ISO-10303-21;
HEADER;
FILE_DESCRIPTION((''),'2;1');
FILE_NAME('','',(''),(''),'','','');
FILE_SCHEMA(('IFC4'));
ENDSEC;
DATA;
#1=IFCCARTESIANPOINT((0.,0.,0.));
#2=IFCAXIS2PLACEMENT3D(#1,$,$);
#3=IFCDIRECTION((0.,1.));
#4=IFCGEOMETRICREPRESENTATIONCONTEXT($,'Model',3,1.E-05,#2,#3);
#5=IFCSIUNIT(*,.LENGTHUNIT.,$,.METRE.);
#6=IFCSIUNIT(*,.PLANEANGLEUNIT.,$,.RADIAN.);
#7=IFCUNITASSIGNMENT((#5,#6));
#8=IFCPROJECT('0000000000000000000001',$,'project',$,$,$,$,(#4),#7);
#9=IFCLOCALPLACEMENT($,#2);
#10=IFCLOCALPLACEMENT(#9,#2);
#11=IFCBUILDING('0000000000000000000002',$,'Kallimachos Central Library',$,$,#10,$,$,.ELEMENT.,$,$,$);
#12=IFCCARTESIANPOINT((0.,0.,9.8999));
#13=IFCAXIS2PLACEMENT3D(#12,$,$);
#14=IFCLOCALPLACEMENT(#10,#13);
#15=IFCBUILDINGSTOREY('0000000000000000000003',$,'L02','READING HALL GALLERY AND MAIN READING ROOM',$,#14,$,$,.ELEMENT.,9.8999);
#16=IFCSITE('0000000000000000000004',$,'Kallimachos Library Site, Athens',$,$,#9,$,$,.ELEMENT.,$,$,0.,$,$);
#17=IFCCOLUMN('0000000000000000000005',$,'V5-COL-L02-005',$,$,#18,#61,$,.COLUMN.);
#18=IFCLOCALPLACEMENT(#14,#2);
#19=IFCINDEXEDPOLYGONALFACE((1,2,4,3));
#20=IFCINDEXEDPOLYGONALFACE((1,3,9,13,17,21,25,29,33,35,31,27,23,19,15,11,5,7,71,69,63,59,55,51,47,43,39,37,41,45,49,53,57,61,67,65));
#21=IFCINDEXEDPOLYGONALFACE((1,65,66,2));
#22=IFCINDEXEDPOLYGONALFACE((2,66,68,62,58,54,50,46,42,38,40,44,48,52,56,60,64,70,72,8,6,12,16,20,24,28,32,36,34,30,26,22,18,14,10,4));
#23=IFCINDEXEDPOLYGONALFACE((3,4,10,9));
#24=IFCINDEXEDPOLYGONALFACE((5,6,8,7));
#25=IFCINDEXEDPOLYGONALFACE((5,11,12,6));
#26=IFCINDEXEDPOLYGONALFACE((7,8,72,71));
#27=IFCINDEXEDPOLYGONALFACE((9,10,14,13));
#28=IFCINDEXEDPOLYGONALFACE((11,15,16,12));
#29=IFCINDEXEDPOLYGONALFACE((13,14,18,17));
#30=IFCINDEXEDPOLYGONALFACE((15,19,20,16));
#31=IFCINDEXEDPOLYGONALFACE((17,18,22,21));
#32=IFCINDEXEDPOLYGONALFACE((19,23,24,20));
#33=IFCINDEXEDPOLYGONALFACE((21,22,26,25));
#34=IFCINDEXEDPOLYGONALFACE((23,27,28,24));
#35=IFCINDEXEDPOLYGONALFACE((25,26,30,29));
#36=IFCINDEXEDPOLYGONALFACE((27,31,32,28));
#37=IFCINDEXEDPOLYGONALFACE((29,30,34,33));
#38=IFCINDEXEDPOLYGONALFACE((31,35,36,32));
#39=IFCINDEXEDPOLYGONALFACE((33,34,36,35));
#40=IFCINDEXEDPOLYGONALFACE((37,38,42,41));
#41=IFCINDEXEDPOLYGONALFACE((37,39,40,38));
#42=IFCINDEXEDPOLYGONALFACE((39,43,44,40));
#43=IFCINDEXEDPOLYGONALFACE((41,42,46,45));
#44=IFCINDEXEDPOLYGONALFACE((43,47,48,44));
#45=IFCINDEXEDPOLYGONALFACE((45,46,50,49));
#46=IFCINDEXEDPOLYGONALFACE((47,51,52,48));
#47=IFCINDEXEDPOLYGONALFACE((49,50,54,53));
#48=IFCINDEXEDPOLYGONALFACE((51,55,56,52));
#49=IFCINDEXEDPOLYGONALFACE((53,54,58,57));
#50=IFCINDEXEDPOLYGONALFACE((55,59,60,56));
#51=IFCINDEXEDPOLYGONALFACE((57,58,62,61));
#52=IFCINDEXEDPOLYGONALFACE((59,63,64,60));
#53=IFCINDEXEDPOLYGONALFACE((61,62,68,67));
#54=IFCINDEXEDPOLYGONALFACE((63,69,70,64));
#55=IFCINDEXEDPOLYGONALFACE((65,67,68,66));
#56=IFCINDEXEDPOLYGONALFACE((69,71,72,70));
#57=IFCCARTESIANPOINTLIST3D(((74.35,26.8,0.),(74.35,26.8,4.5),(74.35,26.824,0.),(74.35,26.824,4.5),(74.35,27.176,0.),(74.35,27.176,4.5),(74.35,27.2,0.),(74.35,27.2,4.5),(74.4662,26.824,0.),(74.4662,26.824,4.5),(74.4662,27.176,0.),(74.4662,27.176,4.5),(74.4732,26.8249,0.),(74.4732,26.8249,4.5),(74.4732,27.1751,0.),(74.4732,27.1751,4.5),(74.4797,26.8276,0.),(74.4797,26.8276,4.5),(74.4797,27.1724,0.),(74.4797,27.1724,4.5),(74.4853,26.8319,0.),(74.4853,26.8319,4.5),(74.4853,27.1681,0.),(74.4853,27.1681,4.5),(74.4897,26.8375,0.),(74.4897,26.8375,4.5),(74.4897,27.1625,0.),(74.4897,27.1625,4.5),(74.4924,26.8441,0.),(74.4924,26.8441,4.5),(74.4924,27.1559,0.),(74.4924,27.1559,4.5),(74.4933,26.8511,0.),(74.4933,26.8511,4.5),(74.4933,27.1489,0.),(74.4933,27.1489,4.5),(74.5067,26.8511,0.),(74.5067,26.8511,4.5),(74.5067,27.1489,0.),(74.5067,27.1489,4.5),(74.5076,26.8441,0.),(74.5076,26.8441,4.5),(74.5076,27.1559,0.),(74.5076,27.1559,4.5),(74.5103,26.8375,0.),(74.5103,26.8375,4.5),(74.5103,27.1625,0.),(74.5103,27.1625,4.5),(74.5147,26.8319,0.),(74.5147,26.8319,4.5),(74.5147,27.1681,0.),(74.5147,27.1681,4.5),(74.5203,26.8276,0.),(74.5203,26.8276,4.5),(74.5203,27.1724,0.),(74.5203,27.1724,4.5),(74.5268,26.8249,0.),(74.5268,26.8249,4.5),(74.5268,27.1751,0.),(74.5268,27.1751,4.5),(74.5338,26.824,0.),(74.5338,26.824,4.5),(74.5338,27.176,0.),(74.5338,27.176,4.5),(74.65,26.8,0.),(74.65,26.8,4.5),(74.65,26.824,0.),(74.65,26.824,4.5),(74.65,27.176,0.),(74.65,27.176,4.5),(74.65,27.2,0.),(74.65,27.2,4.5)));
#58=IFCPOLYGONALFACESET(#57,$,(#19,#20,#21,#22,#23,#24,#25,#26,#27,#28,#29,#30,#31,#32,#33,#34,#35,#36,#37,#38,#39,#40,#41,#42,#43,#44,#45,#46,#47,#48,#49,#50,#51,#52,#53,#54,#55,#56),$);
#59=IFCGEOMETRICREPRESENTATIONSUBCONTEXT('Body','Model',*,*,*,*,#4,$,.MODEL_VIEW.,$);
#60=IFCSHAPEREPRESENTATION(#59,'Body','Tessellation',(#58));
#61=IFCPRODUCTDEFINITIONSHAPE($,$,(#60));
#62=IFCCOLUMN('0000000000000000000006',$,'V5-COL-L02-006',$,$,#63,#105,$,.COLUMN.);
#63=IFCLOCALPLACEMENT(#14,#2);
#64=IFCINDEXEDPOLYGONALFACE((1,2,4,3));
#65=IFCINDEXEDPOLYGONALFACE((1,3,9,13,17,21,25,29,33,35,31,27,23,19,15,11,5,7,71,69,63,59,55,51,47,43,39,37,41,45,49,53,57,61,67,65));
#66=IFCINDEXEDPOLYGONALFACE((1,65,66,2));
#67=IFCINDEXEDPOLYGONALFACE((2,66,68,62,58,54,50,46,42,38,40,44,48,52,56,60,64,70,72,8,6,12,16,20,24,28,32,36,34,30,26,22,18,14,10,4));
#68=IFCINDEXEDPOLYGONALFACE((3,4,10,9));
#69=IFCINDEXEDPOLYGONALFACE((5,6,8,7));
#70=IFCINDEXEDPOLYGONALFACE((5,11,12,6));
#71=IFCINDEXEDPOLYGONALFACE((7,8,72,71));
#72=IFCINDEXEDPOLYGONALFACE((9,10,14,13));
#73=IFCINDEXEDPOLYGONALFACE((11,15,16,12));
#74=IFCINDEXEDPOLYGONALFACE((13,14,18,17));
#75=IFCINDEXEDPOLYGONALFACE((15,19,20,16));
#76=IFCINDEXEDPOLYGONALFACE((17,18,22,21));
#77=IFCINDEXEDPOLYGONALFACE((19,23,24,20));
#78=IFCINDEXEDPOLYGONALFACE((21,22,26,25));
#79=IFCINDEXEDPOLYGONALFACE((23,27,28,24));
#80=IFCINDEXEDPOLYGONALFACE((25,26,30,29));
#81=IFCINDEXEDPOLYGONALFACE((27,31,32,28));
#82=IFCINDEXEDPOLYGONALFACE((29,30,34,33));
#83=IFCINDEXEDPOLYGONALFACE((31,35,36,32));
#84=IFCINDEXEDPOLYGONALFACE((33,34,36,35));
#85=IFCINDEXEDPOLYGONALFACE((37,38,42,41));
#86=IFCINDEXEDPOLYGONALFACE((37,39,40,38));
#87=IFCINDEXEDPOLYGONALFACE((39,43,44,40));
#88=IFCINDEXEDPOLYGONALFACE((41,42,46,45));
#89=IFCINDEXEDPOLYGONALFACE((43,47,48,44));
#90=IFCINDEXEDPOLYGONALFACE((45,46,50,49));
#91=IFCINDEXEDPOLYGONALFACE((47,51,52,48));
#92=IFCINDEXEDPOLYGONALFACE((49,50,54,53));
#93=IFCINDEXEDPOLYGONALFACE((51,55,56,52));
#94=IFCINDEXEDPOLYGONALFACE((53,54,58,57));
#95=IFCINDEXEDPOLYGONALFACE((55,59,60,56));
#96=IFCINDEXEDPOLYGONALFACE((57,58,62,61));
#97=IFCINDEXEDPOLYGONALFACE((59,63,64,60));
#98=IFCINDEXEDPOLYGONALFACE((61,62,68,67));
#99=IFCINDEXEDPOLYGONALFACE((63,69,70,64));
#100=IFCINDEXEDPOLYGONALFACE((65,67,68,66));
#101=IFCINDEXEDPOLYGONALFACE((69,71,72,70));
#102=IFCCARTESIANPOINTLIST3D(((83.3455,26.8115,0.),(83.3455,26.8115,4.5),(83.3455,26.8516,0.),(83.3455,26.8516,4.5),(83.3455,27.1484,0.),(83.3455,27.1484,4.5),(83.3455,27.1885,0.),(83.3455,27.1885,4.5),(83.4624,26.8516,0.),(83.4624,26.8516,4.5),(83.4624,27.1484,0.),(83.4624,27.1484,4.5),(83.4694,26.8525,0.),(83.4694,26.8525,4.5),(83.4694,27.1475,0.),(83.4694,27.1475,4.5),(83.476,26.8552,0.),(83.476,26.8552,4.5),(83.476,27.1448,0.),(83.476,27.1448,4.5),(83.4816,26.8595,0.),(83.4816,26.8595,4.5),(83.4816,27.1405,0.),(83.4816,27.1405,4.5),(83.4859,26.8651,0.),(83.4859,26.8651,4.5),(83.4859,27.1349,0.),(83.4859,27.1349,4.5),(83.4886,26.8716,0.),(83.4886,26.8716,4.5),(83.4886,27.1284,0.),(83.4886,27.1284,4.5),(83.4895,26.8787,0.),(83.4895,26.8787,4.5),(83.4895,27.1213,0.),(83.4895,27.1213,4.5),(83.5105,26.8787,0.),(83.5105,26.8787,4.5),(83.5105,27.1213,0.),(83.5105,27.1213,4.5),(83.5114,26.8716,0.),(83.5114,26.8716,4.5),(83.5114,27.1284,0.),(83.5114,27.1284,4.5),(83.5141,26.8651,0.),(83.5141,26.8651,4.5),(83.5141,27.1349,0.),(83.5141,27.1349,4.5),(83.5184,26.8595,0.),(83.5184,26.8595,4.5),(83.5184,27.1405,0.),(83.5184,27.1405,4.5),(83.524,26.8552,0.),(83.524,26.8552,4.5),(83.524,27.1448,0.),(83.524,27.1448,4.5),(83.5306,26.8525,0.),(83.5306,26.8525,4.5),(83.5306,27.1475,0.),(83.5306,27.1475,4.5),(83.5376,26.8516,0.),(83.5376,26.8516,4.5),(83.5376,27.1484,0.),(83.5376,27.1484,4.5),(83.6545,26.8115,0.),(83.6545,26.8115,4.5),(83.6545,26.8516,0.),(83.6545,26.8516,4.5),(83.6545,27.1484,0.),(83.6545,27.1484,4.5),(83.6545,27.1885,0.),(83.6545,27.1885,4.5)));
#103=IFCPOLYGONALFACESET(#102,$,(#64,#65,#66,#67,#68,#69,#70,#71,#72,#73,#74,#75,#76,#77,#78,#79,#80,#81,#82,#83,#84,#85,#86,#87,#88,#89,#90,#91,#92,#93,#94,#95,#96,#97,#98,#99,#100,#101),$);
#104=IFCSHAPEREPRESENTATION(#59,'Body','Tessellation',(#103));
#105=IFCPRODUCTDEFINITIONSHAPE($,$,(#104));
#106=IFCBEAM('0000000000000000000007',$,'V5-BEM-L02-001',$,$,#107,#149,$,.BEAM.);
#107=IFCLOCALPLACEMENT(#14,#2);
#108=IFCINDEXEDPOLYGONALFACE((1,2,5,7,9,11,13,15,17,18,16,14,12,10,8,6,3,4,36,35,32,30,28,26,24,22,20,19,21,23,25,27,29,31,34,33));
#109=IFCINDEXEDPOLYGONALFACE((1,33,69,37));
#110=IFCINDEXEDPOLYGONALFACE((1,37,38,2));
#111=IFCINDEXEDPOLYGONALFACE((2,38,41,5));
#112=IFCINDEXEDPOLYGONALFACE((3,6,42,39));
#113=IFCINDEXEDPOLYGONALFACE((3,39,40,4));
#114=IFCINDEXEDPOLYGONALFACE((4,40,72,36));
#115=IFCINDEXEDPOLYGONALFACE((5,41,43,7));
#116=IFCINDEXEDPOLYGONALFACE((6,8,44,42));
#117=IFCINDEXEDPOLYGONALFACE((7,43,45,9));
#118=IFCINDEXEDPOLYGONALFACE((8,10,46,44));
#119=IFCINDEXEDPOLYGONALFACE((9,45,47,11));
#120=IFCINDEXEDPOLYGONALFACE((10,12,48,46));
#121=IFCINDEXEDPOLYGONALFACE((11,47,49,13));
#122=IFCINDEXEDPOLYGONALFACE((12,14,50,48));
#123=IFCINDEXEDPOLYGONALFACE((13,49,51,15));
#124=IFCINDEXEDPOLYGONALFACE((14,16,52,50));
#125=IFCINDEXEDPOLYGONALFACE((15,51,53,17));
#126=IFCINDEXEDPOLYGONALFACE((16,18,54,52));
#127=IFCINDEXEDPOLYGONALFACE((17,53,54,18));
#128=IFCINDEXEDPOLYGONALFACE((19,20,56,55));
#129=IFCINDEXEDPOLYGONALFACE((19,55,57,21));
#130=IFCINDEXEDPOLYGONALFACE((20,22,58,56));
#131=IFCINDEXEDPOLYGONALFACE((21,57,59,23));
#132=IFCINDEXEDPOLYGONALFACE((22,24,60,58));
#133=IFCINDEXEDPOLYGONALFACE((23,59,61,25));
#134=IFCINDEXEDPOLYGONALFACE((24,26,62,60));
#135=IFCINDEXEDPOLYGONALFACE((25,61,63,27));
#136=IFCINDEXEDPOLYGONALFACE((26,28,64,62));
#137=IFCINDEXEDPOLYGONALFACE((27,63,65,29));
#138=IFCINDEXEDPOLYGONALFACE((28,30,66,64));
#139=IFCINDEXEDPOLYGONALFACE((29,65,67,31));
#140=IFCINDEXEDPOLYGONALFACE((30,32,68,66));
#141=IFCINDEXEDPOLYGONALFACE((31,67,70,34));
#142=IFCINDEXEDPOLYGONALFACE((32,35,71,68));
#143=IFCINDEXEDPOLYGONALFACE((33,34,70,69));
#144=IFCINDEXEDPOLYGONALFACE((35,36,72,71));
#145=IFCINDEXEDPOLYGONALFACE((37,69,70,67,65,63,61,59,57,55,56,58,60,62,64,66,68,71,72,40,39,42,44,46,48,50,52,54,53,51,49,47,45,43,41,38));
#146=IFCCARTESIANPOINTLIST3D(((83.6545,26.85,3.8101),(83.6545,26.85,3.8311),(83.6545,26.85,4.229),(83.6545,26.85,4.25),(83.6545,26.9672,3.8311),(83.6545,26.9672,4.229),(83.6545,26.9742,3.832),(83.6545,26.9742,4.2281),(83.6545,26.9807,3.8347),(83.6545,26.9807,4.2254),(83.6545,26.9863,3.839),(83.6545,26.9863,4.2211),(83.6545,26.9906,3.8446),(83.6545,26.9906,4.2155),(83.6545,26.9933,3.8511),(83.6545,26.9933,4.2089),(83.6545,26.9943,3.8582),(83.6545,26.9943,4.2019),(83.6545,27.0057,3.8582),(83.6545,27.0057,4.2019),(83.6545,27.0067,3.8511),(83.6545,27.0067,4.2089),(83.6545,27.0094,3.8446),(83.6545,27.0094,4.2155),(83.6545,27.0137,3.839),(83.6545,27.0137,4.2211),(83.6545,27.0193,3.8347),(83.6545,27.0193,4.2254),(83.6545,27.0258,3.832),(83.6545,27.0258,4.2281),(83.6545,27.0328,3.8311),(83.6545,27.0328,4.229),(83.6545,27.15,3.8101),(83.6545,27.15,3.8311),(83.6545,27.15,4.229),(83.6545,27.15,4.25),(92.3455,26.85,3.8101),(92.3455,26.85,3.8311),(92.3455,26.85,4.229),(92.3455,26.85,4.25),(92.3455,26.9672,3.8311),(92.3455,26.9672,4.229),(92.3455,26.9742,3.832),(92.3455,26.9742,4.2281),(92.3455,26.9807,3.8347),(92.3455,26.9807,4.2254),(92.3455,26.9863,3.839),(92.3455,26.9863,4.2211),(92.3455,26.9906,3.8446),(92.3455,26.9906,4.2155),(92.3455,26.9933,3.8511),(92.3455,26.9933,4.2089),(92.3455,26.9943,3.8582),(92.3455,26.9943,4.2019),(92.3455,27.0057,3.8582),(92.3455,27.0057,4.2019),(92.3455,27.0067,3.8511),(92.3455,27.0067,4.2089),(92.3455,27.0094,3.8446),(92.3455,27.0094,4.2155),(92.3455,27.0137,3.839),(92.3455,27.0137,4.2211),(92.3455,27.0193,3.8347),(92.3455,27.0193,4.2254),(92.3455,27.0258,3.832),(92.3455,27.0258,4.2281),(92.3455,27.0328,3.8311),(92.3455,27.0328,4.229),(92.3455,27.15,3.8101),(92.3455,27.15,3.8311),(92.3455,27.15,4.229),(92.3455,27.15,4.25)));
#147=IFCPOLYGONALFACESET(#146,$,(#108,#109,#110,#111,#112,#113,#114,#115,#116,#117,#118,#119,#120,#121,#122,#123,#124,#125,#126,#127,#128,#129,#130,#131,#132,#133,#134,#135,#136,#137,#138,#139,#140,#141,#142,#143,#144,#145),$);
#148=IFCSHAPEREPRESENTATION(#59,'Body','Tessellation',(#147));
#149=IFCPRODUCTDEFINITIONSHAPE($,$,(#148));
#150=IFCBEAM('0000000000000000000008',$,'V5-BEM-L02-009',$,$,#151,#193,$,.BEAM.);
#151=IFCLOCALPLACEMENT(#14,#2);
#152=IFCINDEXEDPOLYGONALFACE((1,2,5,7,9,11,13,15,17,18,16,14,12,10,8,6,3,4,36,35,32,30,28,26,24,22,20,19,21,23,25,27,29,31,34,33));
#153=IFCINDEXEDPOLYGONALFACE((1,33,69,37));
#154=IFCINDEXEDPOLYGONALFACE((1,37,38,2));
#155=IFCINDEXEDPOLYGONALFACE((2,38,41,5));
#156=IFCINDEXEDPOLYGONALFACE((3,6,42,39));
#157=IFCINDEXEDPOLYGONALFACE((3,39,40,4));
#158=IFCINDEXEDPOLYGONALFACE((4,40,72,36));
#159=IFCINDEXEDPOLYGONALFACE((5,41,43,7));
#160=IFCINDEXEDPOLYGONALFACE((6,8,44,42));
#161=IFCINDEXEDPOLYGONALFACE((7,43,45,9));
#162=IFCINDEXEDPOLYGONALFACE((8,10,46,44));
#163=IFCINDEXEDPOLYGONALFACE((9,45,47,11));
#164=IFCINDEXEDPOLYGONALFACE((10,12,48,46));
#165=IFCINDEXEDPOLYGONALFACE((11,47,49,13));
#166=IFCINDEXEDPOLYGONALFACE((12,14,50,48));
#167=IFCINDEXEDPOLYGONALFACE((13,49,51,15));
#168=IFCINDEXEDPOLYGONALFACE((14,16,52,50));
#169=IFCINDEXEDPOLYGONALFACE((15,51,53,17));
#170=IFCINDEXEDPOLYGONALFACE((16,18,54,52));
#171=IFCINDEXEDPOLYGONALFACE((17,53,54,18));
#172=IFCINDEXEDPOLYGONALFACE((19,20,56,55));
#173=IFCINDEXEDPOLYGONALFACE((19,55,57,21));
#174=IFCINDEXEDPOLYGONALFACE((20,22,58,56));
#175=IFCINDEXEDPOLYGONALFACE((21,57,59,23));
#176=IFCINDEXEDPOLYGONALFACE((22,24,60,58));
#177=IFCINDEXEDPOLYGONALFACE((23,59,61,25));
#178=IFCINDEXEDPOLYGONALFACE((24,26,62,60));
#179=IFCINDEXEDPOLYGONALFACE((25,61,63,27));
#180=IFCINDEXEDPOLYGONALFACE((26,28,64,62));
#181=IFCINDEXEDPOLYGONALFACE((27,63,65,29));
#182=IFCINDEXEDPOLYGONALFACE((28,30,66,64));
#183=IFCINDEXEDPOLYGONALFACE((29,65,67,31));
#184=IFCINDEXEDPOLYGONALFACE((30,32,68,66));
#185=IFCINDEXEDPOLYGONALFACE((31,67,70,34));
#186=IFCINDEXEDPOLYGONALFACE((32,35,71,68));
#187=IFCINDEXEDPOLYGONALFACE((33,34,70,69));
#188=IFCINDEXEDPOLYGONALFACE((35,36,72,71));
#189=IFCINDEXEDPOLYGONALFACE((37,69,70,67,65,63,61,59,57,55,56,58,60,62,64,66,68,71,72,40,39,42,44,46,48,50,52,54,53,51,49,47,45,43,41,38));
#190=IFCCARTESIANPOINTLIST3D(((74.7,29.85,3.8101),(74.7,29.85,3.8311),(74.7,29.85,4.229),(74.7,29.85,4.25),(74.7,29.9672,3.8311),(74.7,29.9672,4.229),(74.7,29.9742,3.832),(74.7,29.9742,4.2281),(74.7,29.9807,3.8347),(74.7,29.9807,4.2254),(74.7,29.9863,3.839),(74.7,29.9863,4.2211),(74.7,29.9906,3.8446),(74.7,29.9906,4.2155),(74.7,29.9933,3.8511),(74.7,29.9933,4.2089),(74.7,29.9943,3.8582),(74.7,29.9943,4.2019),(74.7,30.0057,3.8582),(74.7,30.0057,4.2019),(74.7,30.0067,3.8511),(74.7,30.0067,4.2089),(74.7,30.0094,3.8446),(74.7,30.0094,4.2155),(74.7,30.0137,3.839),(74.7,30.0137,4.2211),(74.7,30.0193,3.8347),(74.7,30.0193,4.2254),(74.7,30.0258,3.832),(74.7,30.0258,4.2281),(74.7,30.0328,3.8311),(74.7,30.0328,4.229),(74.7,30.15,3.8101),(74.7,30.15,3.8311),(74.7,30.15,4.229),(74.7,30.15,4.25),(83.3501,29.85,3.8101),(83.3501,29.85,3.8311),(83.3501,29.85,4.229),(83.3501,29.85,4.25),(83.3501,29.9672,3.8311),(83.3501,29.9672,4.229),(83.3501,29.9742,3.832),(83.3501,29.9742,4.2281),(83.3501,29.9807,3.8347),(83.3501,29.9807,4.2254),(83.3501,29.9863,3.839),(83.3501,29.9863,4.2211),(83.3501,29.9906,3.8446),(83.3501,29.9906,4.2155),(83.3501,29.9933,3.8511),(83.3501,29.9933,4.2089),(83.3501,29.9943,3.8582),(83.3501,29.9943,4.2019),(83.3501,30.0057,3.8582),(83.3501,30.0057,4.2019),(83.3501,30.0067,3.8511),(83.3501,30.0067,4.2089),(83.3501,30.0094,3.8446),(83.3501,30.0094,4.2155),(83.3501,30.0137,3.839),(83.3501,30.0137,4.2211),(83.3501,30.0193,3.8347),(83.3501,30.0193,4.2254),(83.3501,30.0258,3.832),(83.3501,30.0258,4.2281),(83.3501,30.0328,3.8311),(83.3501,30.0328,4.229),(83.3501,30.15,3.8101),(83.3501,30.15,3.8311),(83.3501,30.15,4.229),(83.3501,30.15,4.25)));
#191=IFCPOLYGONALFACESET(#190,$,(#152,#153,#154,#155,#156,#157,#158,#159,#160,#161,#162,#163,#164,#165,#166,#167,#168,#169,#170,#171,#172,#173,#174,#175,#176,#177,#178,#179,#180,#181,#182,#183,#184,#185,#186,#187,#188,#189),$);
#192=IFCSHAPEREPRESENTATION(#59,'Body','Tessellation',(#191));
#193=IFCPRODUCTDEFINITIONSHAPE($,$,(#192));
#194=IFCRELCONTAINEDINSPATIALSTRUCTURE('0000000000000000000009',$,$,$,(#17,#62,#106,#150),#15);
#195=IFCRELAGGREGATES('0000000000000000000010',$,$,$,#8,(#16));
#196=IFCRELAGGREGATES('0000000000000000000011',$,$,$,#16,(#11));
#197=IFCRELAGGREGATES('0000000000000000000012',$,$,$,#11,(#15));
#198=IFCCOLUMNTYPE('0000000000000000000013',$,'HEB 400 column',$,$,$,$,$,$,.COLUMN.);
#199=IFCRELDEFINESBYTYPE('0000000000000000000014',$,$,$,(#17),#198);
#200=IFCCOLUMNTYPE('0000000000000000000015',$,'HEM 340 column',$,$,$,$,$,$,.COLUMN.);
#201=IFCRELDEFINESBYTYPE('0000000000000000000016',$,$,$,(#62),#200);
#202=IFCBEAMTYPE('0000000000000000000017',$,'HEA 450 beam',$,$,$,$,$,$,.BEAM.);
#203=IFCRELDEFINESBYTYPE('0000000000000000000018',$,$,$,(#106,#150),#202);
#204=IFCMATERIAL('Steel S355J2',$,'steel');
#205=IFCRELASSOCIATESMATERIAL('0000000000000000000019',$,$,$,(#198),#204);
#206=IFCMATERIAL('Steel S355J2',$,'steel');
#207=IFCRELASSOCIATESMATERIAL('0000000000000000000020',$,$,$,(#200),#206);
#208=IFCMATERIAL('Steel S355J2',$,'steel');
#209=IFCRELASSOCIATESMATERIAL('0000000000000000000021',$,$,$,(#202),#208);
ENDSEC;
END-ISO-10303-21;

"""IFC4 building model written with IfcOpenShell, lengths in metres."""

from ifc_helpers import new_model, si_unit, direction, frame, origin, origin_2d, place, context, subcontext, project, spatial, i_section, extrude, material, material_profile, profile_set, type_object, element, save


model = new_model("IFC4")

# Units and contexts
model_context = context("Model", 3, precision=1e-05, world=origin(), true_north=direction((0.0, 1.0)))
body_context = subcontext(model_context, "Body", "Model", "MODEL_VIEW")
ifc_project = project(units=[si_unit("LENGTHUNIT", "METRE"), si_unit("PLANEANGLEUNIT", "RADIAN")], contexts=[model_context])

# Site, building, storey
site_placement = place(None, origin())
site = spatial("IfcSite", under=ifc_project, at=site_placement, Name="Kallimachos Library Site, Athens", CompositionType="ELEMENT", RefElevation=0.0)
building_placement = place(site_placement, origin())
building = spatial("IfcBuilding", under=site, at=building_placement, Name="Kallimachos Central Library", CompositionType="ELEMENT")
storey_placement = place(building_placement, frame((0.0, 0.0, 9.8999)))
storey = spatial("IfcBuildingStorey", under=building, at=storey_placement, Name="L02", Description="READING HALL GALLERY AND MAIN READING ROOM", CompositionType="ELEMENT", Elevation=9.8999)

# Columns
ifc_material_1 = material(Name="Steel S355J2", Category="steel")
ifc_material_profile_1 = material_profile(ifc_material_1, i_section(OverallWidth=0.3, OverallDepth=0.3999, WebThickness=0.0134, FlangeThickness=0.0239, FilletRadius=0.0271, at=origin_2d()), Name="HEB 400")
ifc_profile_set_1 = profile_set([ifc_material_profile_1], Name="Steel S355J2")
column_type_1 = type_object("IfcColumnType", Name="HEB 400 column", PredefinedType="COLUMN", material=ifc_profile_set_1)
column_1_placement = place(storey_placement, frame((74.5, 27.0, 0.0), z_axis=(0.0, 0.0, 1.0), x_axis=(1.0, 0.0, 0.0)))
element("IfcColumn", 1, at=column_1_placement, inside=storey, type_object=column_type_1, Name="V5-COL-L02-005", PredefinedType="COLUMN", context=body_context, shape_type="SweptSolid", body=[
    extrude(i_section(OverallWidth=0.3, OverallDepth=0.3999, WebThickness=0.0134, FlangeThickness=0.0239, FilletRadius=0.0271, at=origin_2d()), origin(), (0.0, 0.0, 1.0), 4.5),
])
ifc_material_2 = material(Name="Steel S355J2", Category="steel")
ifc_material_profile_2 = material_profile(ifc_material_2, i_section(OverallWidth=0.3091, OverallDepth=0.377, WebThickness=0.021, FlangeThickness=0.04, FilletRadius=0.0271, at=origin_2d()), Name="HEM 340")
ifc_profile_set_2 = profile_set([ifc_material_profile_2], Name="Steel S355J2")
column_type_2 = type_object("IfcColumnType", Name="HEM 340 column", PredefinedType="COLUMN", material=ifc_profile_set_2)
column_2_placement = place(storey_placement, frame((83.5, 27.0, 0.0), z_axis=(0.0, 0.0, 1.0), x_axis=(1.0, 0.0, 0.0)))
element("IfcColumn", 2, at=column_2_placement, inside=storey, type_object=column_type_2, Name="V5-COL-L02-006", PredefinedType="COLUMN", context=body_context, shape_type="SweptSolid", body=[
    extrude(i_section(OverallWidth=0.3091, OverallDepth=0.377, WebThickness=0.021, FlangeThickness=0.04, FilletRadius=0.0271, at=origin_2d()), origin(), (0.0, 0.0, 1.0), 4.5),
])

# Beams
ifc_material_3 = material(Name="Steel S355J2", Category="steel")
ifc_material_profile_3 = material_profile(ifc_material_3, i_section(OverallWidth=0.3, OverallDepth=0.4399, WebThickness=0.0115, FlangeThickness=0.021, FilletRadius=0.0271, at=origin_2d()), Name="HEA 450")
ifc_profile_set_3 = profile_set([ifc_material_profile_3], Name="Steel S355J2")
beam_type_1 = type_object("IfcBeamType", Name="HEA 450 beam", PredefinedType="BEAM", material=ifc_profile_set_3)
beam_1_placement = place(storey_placement, frame((83.6545, 27.0, 4.03), z_axis=(1.0, 0.0, 0.0), x_axis=(0.0, 1.0, 0.0)))
element("IfcBeam", 3, at=beam_1_placement, inside=storey, type_object=beam_type_1, Name="V5-BEM-L02-001", PredefinedType="BEAM", context=body_context, shape_type="SweptSolid", body=[
    extrude(i_section(OverallWidth=0.3, OverallDepth=0.4399, WebThickness=0.0115, FlangeThickness=0.021, FilletRadius=0.0271, at=origin_2d()), origin(), (0.0, 0.0, 1.0), 8.6909),
])
for number, where, z_axis, x_axis, name in (
    (4, (74.7, 30.0, 4.03), (1.0, 0.0, 0.0), (0.0, 1.0, 0.0), "V5-BEM-L02-009"),
):
    element("IfcBeam", number, at=place(storey_placement, frame(where, z_axis=z_axis, x_axis=x_axis)), inside=storey, type_object=beam_type_1, Name=name, PredefinedType="BEAM", context=body_context, shape_type="SweptSolid", body=[
        extrude(i_section(OverallWidth=0.3, OverallDepth=0.4399, WebThickness=0.0115, FlangeThickness=0.021, FilletRadius=0.0271, at=origin_2d()), origin(), (0.0, 0.0, 1.0), 8.6501),
    ])

save(model, "model.ifc")
